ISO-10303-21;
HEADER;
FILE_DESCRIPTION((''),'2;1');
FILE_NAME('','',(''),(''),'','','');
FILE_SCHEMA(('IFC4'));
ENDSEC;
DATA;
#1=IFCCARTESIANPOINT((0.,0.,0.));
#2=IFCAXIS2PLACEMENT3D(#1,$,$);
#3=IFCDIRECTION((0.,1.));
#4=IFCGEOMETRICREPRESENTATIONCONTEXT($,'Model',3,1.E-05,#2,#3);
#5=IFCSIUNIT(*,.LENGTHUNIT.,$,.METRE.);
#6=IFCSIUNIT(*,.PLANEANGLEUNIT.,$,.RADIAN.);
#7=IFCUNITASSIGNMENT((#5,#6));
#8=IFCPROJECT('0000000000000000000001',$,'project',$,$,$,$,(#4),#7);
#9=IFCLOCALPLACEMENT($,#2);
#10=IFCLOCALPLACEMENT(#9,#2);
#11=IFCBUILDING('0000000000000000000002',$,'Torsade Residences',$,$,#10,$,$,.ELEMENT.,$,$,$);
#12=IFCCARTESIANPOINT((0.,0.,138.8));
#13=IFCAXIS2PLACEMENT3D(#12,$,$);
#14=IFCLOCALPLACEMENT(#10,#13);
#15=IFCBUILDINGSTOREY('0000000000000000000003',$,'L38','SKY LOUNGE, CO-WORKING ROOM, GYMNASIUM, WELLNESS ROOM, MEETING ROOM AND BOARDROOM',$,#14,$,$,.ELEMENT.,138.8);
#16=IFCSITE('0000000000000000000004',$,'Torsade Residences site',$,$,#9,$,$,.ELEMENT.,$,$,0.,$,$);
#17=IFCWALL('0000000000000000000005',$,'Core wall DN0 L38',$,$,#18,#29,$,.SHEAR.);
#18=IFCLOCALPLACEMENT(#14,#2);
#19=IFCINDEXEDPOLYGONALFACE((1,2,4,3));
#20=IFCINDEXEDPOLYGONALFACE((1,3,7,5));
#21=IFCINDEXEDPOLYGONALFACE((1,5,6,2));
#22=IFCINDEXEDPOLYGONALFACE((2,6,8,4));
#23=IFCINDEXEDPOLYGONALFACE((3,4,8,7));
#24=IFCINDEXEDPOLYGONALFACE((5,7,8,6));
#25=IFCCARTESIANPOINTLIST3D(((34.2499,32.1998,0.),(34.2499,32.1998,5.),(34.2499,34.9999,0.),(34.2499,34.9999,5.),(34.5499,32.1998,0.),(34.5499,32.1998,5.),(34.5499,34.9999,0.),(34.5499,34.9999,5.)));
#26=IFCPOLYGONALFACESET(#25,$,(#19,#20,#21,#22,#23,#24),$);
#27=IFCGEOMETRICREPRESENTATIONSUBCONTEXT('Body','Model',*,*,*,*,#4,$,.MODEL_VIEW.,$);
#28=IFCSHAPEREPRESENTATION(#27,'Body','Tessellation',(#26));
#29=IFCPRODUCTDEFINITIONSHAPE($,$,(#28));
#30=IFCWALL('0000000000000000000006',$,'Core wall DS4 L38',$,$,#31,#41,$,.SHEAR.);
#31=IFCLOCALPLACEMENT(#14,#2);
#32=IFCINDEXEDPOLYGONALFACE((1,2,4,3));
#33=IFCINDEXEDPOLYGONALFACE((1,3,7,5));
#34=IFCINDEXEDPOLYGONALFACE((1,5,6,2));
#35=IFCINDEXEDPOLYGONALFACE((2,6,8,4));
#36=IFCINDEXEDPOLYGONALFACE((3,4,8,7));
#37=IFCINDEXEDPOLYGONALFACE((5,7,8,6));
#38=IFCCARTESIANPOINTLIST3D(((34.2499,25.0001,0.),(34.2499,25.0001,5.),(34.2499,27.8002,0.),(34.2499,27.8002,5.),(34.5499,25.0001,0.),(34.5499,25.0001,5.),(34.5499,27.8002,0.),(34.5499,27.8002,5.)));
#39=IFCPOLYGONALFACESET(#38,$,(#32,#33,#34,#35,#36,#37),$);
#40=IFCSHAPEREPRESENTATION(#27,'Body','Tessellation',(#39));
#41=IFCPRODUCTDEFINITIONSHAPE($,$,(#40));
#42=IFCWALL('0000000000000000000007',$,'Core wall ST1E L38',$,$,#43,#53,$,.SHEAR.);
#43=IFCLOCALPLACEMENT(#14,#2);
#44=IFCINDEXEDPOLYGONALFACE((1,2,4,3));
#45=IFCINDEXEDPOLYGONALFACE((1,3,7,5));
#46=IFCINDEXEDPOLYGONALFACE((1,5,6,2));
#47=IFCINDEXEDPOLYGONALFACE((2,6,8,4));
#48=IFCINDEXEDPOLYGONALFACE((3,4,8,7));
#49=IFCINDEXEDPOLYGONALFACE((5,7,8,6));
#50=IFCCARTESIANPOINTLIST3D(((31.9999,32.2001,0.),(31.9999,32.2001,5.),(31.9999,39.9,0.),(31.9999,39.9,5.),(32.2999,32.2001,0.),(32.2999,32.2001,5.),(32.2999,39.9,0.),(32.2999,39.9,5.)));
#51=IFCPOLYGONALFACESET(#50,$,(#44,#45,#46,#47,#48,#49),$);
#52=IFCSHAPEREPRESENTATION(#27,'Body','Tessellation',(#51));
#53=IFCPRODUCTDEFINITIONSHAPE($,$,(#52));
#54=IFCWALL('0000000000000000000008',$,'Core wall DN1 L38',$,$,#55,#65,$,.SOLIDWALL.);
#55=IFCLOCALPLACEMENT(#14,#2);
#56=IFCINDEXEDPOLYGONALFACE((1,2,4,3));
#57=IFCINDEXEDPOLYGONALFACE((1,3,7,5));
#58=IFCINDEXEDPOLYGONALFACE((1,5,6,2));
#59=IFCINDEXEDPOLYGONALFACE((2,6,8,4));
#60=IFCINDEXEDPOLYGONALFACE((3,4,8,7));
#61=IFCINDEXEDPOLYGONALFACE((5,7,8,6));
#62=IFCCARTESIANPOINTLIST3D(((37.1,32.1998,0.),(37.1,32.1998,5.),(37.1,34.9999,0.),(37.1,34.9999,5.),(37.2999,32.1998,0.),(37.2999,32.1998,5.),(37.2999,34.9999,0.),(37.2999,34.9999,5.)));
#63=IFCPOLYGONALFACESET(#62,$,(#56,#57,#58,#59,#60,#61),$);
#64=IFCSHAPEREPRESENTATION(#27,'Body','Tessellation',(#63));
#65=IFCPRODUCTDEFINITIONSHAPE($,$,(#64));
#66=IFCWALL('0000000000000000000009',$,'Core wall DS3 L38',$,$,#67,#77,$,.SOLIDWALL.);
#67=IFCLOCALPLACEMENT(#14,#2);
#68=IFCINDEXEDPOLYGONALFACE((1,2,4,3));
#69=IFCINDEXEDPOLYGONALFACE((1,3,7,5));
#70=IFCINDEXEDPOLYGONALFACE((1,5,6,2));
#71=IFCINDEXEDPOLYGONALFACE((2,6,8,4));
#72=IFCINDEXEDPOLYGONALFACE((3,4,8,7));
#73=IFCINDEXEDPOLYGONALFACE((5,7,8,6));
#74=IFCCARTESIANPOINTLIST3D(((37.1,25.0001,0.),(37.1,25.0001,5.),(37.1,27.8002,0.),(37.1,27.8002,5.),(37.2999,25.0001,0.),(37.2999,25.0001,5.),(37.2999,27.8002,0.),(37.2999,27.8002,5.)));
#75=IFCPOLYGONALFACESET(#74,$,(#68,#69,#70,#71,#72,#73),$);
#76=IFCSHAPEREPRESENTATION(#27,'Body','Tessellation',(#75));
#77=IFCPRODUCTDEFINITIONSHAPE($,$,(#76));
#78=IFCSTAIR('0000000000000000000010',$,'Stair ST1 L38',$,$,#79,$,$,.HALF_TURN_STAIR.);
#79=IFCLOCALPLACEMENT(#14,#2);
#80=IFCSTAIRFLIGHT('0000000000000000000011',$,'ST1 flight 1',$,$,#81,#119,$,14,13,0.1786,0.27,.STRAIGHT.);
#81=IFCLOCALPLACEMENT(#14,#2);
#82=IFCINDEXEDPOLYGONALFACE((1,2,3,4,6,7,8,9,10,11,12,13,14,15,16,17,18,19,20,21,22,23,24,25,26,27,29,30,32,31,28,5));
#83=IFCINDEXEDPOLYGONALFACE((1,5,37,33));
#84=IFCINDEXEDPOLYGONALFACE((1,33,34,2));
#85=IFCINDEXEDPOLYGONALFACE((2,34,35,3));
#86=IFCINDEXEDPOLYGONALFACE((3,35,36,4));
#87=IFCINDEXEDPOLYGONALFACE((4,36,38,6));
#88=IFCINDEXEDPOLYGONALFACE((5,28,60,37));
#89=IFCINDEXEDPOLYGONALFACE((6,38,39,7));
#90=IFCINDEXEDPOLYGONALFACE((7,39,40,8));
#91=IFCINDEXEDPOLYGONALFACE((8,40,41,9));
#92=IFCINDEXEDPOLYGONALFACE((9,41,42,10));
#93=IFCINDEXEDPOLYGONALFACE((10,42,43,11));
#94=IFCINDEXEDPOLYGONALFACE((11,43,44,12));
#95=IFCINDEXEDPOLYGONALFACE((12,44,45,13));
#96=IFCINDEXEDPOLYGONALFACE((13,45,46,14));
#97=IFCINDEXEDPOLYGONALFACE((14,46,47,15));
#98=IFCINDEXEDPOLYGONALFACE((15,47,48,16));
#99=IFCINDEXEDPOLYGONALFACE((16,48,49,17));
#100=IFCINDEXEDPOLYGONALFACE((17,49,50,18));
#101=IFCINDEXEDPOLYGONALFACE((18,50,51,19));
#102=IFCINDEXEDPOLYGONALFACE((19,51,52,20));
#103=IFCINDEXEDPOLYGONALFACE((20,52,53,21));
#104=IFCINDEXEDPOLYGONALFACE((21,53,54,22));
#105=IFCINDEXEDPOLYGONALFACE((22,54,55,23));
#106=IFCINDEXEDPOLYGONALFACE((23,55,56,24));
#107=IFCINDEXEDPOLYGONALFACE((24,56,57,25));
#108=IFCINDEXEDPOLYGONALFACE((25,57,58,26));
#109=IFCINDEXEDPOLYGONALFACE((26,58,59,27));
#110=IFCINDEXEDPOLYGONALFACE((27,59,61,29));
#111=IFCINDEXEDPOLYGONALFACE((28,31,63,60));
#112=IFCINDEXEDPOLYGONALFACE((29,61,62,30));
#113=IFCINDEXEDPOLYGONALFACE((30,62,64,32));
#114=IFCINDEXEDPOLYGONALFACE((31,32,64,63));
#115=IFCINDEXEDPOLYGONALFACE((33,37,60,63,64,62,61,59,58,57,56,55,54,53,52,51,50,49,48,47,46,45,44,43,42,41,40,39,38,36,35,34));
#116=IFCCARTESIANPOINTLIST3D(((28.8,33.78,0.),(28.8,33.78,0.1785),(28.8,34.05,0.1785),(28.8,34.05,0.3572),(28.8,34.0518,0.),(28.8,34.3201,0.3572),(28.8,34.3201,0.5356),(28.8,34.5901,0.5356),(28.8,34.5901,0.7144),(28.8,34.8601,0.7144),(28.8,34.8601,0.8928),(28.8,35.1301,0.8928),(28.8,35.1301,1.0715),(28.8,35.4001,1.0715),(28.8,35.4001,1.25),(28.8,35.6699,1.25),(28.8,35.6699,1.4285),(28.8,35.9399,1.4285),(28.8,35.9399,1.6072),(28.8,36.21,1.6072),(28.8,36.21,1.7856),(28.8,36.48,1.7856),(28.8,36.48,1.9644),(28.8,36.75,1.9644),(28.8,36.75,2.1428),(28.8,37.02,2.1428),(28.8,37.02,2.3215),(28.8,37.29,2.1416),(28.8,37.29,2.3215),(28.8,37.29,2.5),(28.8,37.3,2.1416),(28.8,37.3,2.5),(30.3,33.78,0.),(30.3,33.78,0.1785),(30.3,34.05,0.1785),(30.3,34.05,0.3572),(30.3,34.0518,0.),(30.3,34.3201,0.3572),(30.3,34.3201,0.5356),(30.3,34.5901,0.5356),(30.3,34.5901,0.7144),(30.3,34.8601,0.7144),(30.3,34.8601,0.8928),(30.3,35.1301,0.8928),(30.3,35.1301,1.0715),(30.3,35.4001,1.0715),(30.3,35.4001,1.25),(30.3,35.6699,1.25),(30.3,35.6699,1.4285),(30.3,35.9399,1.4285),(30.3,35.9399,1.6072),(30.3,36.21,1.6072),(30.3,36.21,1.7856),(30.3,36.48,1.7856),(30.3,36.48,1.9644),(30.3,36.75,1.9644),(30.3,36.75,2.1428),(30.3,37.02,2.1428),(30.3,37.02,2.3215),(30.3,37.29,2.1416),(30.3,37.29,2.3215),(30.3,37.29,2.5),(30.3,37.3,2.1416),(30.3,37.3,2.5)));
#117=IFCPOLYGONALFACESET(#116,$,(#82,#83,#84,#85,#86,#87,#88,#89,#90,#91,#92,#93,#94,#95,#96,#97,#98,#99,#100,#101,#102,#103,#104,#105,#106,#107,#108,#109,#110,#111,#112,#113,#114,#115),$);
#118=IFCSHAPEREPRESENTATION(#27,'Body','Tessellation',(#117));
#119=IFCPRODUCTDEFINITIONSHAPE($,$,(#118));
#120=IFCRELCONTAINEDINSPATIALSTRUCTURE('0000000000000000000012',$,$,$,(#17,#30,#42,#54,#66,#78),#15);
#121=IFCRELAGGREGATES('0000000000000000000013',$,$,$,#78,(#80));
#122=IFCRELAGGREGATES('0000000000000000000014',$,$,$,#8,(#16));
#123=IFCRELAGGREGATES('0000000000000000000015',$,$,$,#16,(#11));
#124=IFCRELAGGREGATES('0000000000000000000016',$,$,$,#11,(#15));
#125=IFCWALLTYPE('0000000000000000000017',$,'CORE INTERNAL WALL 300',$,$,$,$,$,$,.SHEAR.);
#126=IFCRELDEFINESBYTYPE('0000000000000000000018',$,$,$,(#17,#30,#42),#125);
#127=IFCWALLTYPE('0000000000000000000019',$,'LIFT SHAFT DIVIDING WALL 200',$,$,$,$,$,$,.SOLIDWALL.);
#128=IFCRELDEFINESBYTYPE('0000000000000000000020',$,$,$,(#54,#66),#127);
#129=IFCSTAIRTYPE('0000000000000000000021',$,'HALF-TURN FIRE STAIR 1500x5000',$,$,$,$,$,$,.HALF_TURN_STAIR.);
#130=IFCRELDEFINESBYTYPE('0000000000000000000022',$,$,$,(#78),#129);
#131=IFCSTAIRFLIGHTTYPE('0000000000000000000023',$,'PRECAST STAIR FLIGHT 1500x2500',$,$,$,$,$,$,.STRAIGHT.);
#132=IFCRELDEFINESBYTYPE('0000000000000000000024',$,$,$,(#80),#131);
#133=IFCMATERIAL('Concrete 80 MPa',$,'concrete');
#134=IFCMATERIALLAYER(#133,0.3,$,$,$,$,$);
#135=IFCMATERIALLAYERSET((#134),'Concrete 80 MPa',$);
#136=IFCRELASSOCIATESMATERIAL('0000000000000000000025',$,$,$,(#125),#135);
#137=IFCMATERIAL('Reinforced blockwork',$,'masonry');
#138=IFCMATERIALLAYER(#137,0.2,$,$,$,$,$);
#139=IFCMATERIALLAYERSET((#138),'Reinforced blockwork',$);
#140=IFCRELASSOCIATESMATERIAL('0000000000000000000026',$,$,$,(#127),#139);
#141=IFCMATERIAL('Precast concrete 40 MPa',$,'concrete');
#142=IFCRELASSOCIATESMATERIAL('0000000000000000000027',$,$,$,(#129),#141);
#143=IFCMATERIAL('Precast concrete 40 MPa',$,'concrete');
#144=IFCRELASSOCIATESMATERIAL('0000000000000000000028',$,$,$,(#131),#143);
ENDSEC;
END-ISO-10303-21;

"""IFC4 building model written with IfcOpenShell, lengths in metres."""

from ifc_helpers import new_model, si_unit, direction, frame, frame_2d, origin, place, context, subcontext, project, spatial, polyline, rectangle, outline, extrude, material, layer, layer_set, type_object, element, aggregate, save


model = new_model("IFC4")

# Units and contexts
model_context = context("Model", 3, precision=1e-05, world=origin(), true_north=direction((0.0, 1.0)))
body_context = subcontext(model_context, "Body", "Model", "MODEL_VIEW")
ifc_project = project(units=[si_unit("LENGTHUNIT", "METRE"), si_unit("PLANEANGLEUNIT", "RADIAN")], contexts=[model_context])

# Site, building, storey
site_placement = place(None, origin())
site = spatial("IfcSite", under=ifc_project, at=site_placement, Name="Torsade Residences site", CompositionType="ELEMENT", RefElevation=0.0)
building_placement = place(site_placement, origin())
building = spatial("IfcBuilding", under=site, at=building_placement, Name="Torsade Residences", CompositionType="ELEMENT")
storey_placement = place(building_placement, frame((0.0, 0.0, 138.8)))
storey = spatial("IfcBuildingStorey", under=building, at=storey_placement, Name="L38", Description="SKY LOUNGE, CO-WORKING ROOM, GYMNASIUM, WELLNESS ROOM, MEETING ROOM AND BOARDROOM", CompositionType="ELEMENT", Elevation=138.8)

# Shared definitions
ifc_material_1 = material(Name="Concrete 80 MPa", Category="concrete")
ifc_layer_1 = layer(ifc_material_1, 0.3)
ifc_layer_set_1 = layer_set([ifc_layer_1], Name="Concrete 80 MPa")
wall_type_1 = type_object("IfcWallType", Name="CORE INTERNAL WALL 300", PredefinedType="SHEAR", material=ifc_layer_set_1)

# Walls
for number, where, z_axis, x_axis, name in (
    (1, (34.3999, 32.2, 0.0), (0.0, 0.0, 1.0), (0.0, 1.0, 0.0), "Core wall DN0 L38"),
    (2, (34.3999, 27.8, 0.0), (0.0, 0.0, 1.0), (0.0, -1.0, 0.0), "Core wall DS4 L38"),
):
    element("IfcWall", number, at=place(storey_placement, frame(where, z_axis=z_axis, x_axis=x_axis)), inside=storey, type_object=wall_type_1, Name=name, PredefinedType="SHEAR", context=body_context, shape_type="SweptSolid", body=[
        extrude(rectangle(XDim=2.8, YDim=0.3, at=frame_2d((1.3999, 0.0))), origin(), (0.0, 0.0, 1.0), 5.0),
    ])
wall_1_placement = place(storey_placement, frame((32.1499, 32.2, 0.0), z_axis=(0.0, 0.0, 1.0), x_axis=(0.0, 1.0, 0.0)))
element("IfcWall", 3, at=wall_1_placement, inside=storey, type_object=wall_type_1, Name="Core wall ST1E L38", PredefinedType="SHEAR", context=body_context, shape_type="SweptSolid", body=[
    extrude(rectangle(XDim=7.7, YDim=0.3, at=frame_2d((3.8501, 0.0))), origin(), (0.0, 0.0, 1.0), 5.0),
])
ifc_material_2 = material(Name="Reinforced blockwork", Category="masonry")
ifc_layer_2 = layer(ifc_material_2, 0.2)
ifc_layer_set_2 = layer_set([ifc_layer_2], Name="Reinforced blockwork")
wall_type_2 = type_object("IfcWallType", Name="LIFT SHAFT DIVIDING WALL 200", PredefinedType="SOLIDWALL", material=ifc_layer_set_2)
for number, where, z_axis, x_axis, name in (
    (4, (37.2, 32.2, 0.0), (0.0, 0.0, 1.0), (0.0, 1.0, 0.0), "Core wall DN1 L38"),
    (5, (37.2, 27.8, 0.0), (0.0, 0.0, 1.0), (0.0, -1.0, 0.0), "Core wall DS3 L38"),
):
    element("IfcWall", number, at=place(storey_placement, frame(where, z_axis=z_axis, x_axis=x_axis)), inside=storey, type_object=wall_type_2, Name=name, PredefinedType="SOLIDWALL", context=body_context, shape_type="SweptSolid", body=[
        extrude(rectangle(XDim=2.8, YDim=0.2, at=frame_2d((1.3999, 0.0))), origin(), (0.0, 0.0, 1.0), 5.0),
    ])

# Stair, stair flight
ifc_material_3 = material(Name="Precast concrete 40 MPa", Category="concrete")
stair_type = type_object("IfcStairType", Name="HALF-TURN FIRE STAIR 1500x5000", PredefinedType="HALF_TURN_STAIR", material=ifc_material_3)
stair_placement = place(storey_placement, origin())
stair = element("IfcStair", 6, at=stair_placement, inside=storey, type_object=stair_type, Name="Stair ST1 L38", PredefinedType="HALF_TURN_STAIR")
ifc_material_4 = material(Name="Precast concrete 40 MPa", Category="concrete")
stair_flight_type = type_object("IfcStairFlightType", Name="PRECAST STAIR FLIGHT 1500x2500", PredefinedType="STRAIGHT", material=ifc_material_4)
stair_flight_placement = place(storey_placement, frame((29.55, 33.78, 0.0), z_axis=(0.0, 0.0, 1.0), x_axis=(0.0, 1.0, 0.0)))
stair_flight = element("IfcStairFlight", 7, at=stair_flight_placement, type_object=stair_flight_type, Name="ST1 flight 1", NumberOfRisers=14, NumberOfTreads=13, PredefinedType="STRAIGHT", RiserHeight=0.1786, TreadLength=0.27, context=body_context, shape_type="SweptSolid", body=[
    extrude(outline(polyline([(0.0, 0.0), (0.0, 0.1785), (0.27, 0.1785), (0.27, 0.3572), (0.54, 0.3572), (0.54, 0.5356), (0.8101, 0.5356), (0.8101, 0.7144), (1.0801, 0.7144), (1.0801, 0.8928), (1.3501, 0.8928), (1.3501, 1.0715), (1.6201, 1.0715), (1.6201, 1.25), (1.8899, 1.25), (1.8899, 1.4285), (2.1599, 1.4285), (2.1599, 1.6072), (2.4299, 1.6072), (2.4299, 1.7856), (2.7, 1.7856), (2.7, 1.9644), (2.97, 1.9644), (2.97, 2.1428), (3.24, 2.1428), (3.24, 2.3215), (3.51, 2.3215), (3.51, 2.5), (3.52, 2.5), (3.52, 2.1416), (3.51, 2.1416), (0.2717, 0.0), (0.0, 0.0)])), frame((0.0, 0.75, 0.0), z_axis=(0.0, -1.0, 0.0), x_axis=(1.0, 0.0, 0.0)), (0.0, 0.0, 1.0), 1.5),
])
aggregate(stair, [stair_flight])

save(model, "model.ifc")
